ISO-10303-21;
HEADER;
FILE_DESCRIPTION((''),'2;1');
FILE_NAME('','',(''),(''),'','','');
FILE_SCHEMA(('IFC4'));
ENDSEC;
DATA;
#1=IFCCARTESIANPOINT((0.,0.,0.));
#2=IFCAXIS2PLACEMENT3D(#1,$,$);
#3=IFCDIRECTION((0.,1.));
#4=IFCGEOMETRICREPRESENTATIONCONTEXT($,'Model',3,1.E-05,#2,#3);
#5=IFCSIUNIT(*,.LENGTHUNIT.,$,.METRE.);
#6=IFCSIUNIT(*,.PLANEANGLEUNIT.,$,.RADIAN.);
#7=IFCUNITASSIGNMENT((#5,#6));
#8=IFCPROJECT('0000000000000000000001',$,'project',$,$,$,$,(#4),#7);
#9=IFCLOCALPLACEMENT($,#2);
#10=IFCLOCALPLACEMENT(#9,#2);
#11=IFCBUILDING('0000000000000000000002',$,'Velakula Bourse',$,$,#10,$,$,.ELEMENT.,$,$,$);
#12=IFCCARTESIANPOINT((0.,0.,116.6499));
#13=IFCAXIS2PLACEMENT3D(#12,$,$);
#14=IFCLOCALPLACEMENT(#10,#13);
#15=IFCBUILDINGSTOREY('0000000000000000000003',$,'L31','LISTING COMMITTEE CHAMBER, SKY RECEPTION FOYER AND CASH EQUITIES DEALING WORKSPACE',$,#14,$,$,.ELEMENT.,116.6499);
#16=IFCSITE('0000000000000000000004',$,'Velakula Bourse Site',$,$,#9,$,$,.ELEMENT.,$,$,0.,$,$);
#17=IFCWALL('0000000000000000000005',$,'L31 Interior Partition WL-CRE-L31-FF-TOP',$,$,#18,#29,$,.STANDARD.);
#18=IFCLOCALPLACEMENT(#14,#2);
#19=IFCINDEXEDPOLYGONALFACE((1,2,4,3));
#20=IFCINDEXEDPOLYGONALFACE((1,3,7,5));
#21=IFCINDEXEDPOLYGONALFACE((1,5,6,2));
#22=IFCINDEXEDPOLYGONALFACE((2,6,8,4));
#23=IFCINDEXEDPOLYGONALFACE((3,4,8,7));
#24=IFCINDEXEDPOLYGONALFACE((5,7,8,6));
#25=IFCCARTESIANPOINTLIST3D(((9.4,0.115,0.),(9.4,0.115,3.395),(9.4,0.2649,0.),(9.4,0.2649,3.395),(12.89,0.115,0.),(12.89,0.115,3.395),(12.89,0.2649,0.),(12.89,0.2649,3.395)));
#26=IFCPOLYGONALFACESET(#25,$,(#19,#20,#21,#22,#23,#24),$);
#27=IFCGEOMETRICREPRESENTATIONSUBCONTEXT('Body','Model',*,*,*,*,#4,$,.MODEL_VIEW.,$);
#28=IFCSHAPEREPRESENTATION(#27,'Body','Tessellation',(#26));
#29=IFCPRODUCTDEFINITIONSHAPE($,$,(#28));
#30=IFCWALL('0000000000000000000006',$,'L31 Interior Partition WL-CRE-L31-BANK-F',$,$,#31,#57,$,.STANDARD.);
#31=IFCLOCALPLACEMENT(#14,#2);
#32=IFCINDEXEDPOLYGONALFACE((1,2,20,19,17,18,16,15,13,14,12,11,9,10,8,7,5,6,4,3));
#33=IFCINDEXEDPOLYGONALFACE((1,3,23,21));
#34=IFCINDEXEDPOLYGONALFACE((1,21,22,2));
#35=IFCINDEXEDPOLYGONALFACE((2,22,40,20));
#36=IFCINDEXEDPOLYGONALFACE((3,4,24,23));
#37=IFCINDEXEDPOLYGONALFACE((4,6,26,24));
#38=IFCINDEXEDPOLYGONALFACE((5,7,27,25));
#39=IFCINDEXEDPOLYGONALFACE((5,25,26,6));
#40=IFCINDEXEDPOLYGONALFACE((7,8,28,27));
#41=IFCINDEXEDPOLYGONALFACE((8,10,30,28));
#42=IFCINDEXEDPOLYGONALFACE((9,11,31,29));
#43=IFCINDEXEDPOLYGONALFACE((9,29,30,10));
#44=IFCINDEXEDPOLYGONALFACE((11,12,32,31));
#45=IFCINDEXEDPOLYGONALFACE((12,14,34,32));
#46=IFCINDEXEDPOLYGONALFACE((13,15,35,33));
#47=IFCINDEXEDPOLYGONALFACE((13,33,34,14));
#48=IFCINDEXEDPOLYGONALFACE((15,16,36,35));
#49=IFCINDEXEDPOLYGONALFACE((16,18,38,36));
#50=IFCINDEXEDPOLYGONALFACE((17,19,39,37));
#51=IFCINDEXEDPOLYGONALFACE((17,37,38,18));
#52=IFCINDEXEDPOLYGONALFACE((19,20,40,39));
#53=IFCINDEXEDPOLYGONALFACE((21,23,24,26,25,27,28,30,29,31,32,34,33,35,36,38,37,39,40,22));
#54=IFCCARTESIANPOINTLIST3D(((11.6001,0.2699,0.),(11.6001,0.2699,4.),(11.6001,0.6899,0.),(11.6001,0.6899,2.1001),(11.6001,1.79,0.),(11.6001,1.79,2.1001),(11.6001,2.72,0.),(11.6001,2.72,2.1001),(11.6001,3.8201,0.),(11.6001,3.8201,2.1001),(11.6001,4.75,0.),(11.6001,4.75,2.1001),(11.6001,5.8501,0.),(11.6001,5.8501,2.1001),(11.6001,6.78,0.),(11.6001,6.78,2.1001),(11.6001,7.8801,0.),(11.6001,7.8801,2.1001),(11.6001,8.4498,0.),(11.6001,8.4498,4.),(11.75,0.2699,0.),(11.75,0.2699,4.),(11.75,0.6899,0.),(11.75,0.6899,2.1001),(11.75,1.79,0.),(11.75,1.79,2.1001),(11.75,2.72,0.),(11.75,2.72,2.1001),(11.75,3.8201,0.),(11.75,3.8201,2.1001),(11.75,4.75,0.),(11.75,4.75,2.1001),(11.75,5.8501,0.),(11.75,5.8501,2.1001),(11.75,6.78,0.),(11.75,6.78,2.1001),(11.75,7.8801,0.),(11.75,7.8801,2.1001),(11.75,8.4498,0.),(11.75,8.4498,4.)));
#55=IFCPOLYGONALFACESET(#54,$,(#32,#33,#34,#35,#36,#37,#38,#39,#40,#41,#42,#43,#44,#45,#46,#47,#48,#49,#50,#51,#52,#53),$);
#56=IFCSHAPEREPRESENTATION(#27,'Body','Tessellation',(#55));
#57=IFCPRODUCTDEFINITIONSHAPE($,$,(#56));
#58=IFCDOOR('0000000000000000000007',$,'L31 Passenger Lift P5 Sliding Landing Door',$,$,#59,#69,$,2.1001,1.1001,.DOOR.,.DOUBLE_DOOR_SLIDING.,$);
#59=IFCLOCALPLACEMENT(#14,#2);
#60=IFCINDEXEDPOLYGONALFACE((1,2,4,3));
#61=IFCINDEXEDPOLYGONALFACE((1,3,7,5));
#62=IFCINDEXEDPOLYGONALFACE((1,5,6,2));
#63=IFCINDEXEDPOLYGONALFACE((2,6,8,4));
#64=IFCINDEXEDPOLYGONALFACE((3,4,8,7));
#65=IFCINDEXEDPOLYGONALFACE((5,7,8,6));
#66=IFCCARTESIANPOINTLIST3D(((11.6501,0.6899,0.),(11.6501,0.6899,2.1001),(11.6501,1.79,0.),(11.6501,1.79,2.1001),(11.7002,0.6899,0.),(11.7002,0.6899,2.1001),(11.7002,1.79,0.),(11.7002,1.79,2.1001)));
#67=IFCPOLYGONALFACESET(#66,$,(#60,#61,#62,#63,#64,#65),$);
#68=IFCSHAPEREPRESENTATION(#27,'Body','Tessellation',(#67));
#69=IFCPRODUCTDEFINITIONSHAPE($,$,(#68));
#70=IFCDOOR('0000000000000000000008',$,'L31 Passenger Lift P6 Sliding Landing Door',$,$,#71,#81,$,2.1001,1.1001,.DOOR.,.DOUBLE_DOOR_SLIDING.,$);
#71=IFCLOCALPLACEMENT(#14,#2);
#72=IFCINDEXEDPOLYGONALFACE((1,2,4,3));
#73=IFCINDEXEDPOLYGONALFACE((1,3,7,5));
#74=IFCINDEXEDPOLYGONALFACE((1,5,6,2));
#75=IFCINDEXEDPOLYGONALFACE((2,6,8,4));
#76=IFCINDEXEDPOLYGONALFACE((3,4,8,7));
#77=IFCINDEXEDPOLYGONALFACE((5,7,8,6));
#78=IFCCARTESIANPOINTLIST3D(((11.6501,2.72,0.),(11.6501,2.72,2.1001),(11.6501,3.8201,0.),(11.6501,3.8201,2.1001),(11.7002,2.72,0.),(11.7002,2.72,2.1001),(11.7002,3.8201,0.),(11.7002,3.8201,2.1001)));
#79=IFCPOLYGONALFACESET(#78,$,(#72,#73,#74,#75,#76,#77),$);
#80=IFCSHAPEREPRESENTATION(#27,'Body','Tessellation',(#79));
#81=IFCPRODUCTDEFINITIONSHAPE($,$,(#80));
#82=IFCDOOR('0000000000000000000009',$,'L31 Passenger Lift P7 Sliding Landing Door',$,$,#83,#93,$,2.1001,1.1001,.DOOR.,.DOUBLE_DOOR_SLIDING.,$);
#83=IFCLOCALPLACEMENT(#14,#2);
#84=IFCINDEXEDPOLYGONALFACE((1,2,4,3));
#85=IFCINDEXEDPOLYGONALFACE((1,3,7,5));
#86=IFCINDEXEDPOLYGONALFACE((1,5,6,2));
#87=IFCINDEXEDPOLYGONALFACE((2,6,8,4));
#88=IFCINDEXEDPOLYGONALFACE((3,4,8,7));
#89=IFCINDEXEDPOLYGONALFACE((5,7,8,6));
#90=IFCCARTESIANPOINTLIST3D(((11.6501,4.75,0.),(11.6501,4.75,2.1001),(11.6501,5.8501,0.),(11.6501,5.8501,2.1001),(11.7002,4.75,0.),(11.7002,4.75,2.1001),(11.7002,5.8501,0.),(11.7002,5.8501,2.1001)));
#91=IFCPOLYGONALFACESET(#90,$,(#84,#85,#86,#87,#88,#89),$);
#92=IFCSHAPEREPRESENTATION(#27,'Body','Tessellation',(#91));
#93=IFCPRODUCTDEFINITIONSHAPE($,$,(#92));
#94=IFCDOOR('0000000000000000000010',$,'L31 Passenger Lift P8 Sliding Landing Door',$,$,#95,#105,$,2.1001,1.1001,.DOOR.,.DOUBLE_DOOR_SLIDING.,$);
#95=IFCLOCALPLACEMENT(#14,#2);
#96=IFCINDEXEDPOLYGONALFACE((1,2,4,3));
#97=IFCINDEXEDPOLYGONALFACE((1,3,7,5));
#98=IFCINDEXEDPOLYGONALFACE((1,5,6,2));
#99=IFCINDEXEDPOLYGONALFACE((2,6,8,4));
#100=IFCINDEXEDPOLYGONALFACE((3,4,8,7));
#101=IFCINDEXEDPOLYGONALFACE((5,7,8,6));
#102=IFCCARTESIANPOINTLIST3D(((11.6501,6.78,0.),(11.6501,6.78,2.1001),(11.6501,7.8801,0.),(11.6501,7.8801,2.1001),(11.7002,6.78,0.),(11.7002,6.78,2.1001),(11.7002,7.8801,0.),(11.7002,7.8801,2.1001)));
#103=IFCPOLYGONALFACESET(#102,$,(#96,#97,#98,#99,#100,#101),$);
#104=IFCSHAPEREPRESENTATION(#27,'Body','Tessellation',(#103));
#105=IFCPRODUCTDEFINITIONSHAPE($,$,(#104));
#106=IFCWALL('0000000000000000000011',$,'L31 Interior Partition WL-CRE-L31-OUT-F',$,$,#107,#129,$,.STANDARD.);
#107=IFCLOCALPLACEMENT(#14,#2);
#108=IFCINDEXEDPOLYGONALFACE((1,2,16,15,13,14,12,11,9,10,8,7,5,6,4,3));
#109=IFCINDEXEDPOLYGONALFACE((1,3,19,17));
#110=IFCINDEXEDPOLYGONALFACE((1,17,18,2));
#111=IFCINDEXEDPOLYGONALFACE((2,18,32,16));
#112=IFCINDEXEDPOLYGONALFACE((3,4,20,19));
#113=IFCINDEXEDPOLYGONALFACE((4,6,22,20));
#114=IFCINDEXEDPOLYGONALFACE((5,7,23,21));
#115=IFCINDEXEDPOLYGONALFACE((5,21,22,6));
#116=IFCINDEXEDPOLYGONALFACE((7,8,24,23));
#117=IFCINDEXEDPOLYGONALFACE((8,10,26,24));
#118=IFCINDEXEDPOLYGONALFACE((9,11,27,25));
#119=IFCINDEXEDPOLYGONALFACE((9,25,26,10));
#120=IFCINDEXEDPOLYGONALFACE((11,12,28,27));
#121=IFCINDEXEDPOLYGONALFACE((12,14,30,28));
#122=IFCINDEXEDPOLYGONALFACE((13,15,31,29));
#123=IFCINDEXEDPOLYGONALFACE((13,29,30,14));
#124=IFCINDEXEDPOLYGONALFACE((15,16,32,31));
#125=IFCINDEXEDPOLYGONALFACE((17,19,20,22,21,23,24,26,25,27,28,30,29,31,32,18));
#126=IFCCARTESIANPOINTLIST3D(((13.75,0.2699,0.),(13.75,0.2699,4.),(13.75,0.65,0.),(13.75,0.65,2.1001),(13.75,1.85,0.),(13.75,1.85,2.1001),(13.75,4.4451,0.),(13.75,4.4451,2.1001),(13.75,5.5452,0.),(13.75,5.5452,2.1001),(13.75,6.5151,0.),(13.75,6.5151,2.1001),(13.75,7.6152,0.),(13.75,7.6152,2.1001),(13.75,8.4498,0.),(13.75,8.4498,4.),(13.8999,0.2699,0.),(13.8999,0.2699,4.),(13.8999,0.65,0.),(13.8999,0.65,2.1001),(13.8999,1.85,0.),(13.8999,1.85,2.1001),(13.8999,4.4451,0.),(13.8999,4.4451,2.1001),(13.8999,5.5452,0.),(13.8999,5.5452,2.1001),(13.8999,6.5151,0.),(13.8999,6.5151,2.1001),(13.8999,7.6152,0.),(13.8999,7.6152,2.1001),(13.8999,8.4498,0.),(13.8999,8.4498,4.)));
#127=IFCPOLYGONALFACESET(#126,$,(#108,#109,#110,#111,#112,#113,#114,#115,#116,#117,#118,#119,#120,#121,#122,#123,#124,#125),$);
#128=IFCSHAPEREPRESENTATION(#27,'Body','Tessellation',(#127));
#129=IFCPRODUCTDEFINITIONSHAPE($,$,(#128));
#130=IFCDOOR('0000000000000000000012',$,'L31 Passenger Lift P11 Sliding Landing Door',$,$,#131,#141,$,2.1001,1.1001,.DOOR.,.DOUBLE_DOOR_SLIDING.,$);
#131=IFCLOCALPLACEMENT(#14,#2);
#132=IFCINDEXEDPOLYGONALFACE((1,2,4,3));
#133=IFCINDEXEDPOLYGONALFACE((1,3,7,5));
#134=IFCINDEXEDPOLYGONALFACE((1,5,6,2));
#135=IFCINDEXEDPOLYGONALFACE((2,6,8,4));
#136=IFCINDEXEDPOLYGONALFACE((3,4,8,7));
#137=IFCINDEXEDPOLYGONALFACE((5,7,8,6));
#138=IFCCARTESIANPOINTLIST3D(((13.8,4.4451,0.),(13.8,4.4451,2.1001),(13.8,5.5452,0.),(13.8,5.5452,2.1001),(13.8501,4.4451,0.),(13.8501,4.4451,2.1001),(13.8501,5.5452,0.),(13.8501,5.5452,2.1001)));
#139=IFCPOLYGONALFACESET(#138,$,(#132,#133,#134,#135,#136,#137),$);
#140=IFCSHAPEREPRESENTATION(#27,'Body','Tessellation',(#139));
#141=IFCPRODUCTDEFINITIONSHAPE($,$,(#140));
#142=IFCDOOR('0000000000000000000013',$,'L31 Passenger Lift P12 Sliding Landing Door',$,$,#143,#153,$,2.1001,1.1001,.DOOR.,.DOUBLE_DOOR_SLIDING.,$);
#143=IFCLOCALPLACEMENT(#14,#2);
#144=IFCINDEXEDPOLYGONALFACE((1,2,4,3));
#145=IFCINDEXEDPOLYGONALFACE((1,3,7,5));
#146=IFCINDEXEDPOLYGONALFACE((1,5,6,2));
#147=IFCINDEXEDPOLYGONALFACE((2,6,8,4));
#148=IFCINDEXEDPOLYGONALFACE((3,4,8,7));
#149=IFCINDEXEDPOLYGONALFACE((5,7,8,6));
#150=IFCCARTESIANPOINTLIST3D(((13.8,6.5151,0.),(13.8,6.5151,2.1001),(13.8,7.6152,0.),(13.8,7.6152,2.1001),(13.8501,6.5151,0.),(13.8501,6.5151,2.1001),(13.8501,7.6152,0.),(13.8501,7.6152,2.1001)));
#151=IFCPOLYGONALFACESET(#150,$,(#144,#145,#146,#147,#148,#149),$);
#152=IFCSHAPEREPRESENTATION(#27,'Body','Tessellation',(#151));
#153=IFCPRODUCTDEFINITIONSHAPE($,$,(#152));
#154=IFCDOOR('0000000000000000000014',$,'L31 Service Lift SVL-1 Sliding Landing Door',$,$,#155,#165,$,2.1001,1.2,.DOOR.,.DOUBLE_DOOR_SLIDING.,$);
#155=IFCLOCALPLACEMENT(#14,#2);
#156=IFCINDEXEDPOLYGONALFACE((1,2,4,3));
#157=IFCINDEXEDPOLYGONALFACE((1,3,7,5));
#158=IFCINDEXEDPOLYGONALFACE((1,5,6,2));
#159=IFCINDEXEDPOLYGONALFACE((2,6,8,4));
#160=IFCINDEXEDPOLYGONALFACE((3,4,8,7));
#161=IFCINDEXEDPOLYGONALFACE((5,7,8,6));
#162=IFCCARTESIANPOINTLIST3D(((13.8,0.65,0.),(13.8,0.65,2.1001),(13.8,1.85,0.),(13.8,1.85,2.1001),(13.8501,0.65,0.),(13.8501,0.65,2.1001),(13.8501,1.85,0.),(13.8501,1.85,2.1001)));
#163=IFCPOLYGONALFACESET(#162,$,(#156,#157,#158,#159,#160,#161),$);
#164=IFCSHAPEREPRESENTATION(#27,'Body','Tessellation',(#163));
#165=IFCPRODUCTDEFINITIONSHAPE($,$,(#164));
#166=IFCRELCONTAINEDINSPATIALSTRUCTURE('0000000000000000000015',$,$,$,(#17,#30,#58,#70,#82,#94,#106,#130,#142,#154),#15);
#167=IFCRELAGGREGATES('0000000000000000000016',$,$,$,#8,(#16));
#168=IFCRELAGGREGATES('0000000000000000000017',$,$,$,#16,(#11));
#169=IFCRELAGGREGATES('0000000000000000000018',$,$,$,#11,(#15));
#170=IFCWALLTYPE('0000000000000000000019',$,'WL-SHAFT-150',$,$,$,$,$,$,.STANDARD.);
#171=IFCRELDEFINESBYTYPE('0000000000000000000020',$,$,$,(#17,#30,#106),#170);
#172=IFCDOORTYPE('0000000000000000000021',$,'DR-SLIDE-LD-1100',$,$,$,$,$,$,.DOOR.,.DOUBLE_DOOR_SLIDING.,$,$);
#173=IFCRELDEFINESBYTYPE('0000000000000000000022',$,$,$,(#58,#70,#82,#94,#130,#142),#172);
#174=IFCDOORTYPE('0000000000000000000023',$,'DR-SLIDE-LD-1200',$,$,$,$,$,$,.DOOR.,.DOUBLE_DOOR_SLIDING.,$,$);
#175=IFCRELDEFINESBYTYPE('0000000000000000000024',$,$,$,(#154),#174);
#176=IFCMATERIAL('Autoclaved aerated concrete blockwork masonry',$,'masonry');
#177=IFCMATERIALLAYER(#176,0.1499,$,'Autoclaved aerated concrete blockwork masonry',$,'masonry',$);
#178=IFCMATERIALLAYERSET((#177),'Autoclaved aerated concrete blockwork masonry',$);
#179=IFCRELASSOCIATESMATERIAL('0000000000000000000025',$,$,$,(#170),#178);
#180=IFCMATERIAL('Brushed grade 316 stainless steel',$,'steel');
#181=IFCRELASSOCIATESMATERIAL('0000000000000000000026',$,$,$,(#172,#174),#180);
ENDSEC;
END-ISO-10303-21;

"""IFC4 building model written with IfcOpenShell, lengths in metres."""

from ifc_helpers import new_model, si_unit, direction, frame, frame_2d, origin, place, context, subcontext, project, spatial, rectangle, extrude, material, layer, layer_set, type_object, element, fill, save


model = new_model("IFC4")

# Units and contexts
model_context = context("Model", 3, precision=1e-05, world=origin(), true_north=direction((0.0, 1.0)))
body_context = subcontext(model_context, "Body", "Model", "MODEL_VIEW")
ifc_project = project(units=[si_unit("LENGTHUNIT", "METRE"), si_unit("PLANEANGLEUNIT", "RADIAN")], contexts=[model_context])

# Site, building, storey
site_placement = place(None, origin())
site = spatial("IfcSite", under=ifc_project, at=site_placement, Name="Velakula Bourse Site", CompositionType="ELEMENT", RefElevation=0.0)
building_placement = place(site_placement, origin())
building = spatial("IfcBuilding", under=site, at=building_placement, Name="Velakula Bourse", CompositionType="ELEMENT")
storey_placement = place(building_placement, frame((0.0, 0.0, 116.6499)))
storey = spatial("IfcBuildingStorey", under=building, at=storey_placement, Name="L31", Description="LISTING COMMITTEE CHAMBER, SKY RECEPTION FOYER AND CASH EQUITIES DEALING WORKSPACE", CompositionType="ELEMENT", Elevation=116.6499)

# Wall
ifc_material_1 = material(Name="Autoclaved aerated concrete blockwork masonry", Category="masonry")
ifc_layer_1 = layer(ifc_material_1, 0.1499, Name="Autoclaved aerated concrete blockwork masonry", Category="masonry")
ifc_layer_set_1 = layer_set([ifc_layer_1], Name="Autoclaved aerated concrete blockwork masonry")
wall_type_1 = type_object("IfcWallType", Name="WL-SHAFT-150", PredefinedType="STANDARD", material=ifc_layer_set_1)
wall_1_placement = place(storey_placement, frame((9.3999, 0.1899, 0.0), z_axis=(0.0, 0.0, 1.0), x_axis=(1.0, 0.0, 0.0)))
element("IfcWall", 1, at=wall_1_placement, inside=storey, type_object=wall_type_1, Name="L31 Interior Partition WL-CRE-L31-FF-TOP", PredefinedType="STANDARD", context=body_context, shape_type="SweptSolid", body=[
    extrude(rectangle(XDim=3.49, YDim=0.1499, at=frame_2d((1.7451, 0.0))), origin(), (0.0, 0.0, 1.0), 3.395),
])

# Walls, openings, doors
wall_2_placement = place(storey_placement, frame((11.675, 0.27, 0.0), z_axis=(0.0, 0.0, 1.0), x_axis=(0.0, 1.0, 0.0)))
wall_2 = element("IfcWall", 2, at=wall_2_placement, inside=storey, type_object=wall_type_1, Name="L31 Interior Partition WL-CRE-L31-BANK-F", PredefinedType="STANDARD", context=body_context, shape_type="SweptSolid", body=[
    extrude(rectangle(XDim=8.1799, YDim=0.1499, at=frame_2d((4.0898, 0.0))), origin(), (0.0, 0.0, 1.0), 4.0),
])
opening_1_placement = place(wall_2_placement, frame((0.4199, 0.0, 0.0)))
opening_1 = element("IfcOpeningElement", 3, at=opening_1_placement, cuts=wall_2, PredefinedType="OPENING", context=body_context, shape_type="SweptSolid", body=[
    extrude(rectangle(XDim=1.1001, YDim=2.1001, at=frame_2d((0.55, 1.05))), frame((0.0, 0.085, 0.0), z_axis=(0.0, -1.0, 0.0), x_axis=(1.0, 0.0, 0.0)), (0.0, 0.0, 1.0), 0.1699),
])
opening_2_placement = place(wall_2_placement, frame((2.45, 0.0, 0.0)))
opening_2 = element("IfcOpeningElement", 4, at=opening_2_placement, cuts=wall_2, PredefinedType="OPENING", context=body_context, shape_type="SweptSolid", body=[
    extrude(rectangle(XDim=1.1001, YDim=2.1001, at=frame_2d((0.55, 1.05))), frame((0.0, 0.085, 0.0), z_axis=(0.0, -1.0, 0.0), x_axis=(1.0, 0.0, 0.0)), (0.0, 0.0, 1.0), 0.1699),
])
opening_3_placement = place(wall_2_placement, frame((4.48, 0.0, 0.0)))
opening_3 = element("IfcOpeningElement", 5, at=opening_3_placement, cuts=wall_2, PredefinedType="OPENING", context=body_context, shape_type="SweptSolid", body=[
    extrude(rectangle(XDim=1.1001, YDim=2.1001, at=frame_2d((0.55, 1.05))), frame((0.0, 0.085, 0.0), z_axis=(0.0, -1.0, 0.0), x_axis=(1.0, 0.0, 0.0)), (0.0, 0.0, 1.0), 0.1699),
])
opening_4_placement = place(wall_2_placement, frame((6.51, 0.0, 0.0)))
opening_4 = element("IfcOpeningElement", 6, at=opening_4_placement, cuts=wall_2, PredefinedType="OPENING", context=body_context, shape_type="SweptSolid", body=[
    extrude(rectangle(XDim=1.1001, YDim=2.1001, at=frame_2d((0.55, 1.05))), frame((0.0, 0.085, 0.0), z_axis=(0.0, -1.0, 0.0), x_axis=(1.0, 0.0, 0.0)), (0.0, 0.0, 1.0), 0.1699),
])
ifc_material_2 = material(Name="Brushed grade 316 stainless steel", Category="steel")
door_type_1 = type_object("IfcDoorType", Name="DR-SLIDE-LD-1100", OperationType="DOUBLE_DOOR_SLIDING", PredefinedType="DOOR", material=ifc_material_2)
door_1_placement = place(opening_1_placement, origin())
door_1 = element("IfcDoor", 7, at=door_1_placement, inside=storey, type_object=door_type_1, Name="L31 Passenger Lift P5 Sliding Landing Door", OperationType="DOUBLE_DOOR_SLIDING", OverallHeight=2.1001, OverallWidth=1.1001, PredefinedType="DOOR", context=body_context, shape_type="SweptSolid", body=[
    extrude(rectangle(XDim=1.1001, YDim=2.1001, at=frame_2d((0.55, 1.05))), frame((0.0, 0.0249, 0.0), z_axis=(0.0, -1.0, 0.0), x_axis=(1.0, 0.0, 0.0)), (0.0, 0.0, 1.0), 0.05),
])
fill(opening_1, door_1)
door_2_placement = place(opening_2_placement, origin())
door_2 = element("IfcDoor", 8, at=door_2_placement, inside=storey, type_object=door_type_1, Name="L31 Passenger Lift P6 Sliding Landing Door", OperationType="DOUBLE_DOOR_SLIDING", OverallHeight=2.1001, OverallWidth=1.1001, PredefinedType="DOOR", context=body_context, shape_type="SweptSolid", body=[
    extrude(rectangle(XDim=1.1001, YDim=2.1001, at=frame_2d((0.55, 1.05))), frame((0.0, 0.0249, 0.0), z_axis=(0.0, -1.0, 0.0), x_axis=(1.0, 0.0, 0.0)), (0.0, 0.0, 1.0), 0.05),
])
fill(opening_2, door_2)
door_3_placement = place(opening_3_placement, origin())
door_3 = element("IfcDoor", 9, at=door_3_placement, inside=storey, type_object=door_type_1, Name="L31 Passenger Lift P7 Sliding Landing Door", OperationType="DOUBLE_DOOR_SLIDING", OverallHeight=2.1001, OverallWidth=1.1001, PredefinedType="DOOR", context=body_context, shape_type="SweptSolid", body=[
    extrude(rectangle(XDim=1.1001, YDim=2.1001, at=frame_2d((0.55, 1.05))), frame((0.0, 0.0249, 0.0), z_axis=(0.0, -1.0, 0.0), x_axis=(1.0, 0.0, 0.0)), (0.0, 0.0, 1.0), 0.05),
])
fill(opening_3, door_3)
door_4_placement = place(opening_4_placement, origin())
door_4 = element("IfcDoor", 10, at=door_4_placement, inside=storey, type_object=door_type_1, Name="L31 Passenger Lift P8 Sliding Landing Door", OperationType="DOUBLE_DOOR_SLIDING", OverallHeight=2.1001, OverallWidth=1.1001, PredefinedType="DOOR", context=body_context, shape_type="SweptSolid", body=[
    extrude(rectangle(XDim=1.1001, YDim=2.1001, at=frame_2d((0.55, 1.05))), frame((0.0, 0.0249, 0.0), z_axis=(0.0, -1.0, 0.0), x_axis=(1.0, 0.0, 0.0)), (0.0, 0.0, 1.0), 0.05),
])
fill(opening_4, door_4)
wall_3_placement = place(storey_placement, frame((13.825, 0.27, 0.0), z_axis=(0.0, 0.0, 1.0), x_axis=(0.0, 1.0, 0.0)))
wall_3 = element("IfcWall", 11, at=wall_3_placement, inside=storey, type_object=wall_type_1, Name="L31 Interior Partition WL-CRE-L31-OUT-F", PredefinedType="STANDARD", context=body_context, shape_type="SweptSolid", body=[
    extrude(rectangle(XDim=8.1799, YDim=0.1499, at=frame_2d((4.0898, 0.0))), origin(), (0.0, 0.0, 1.0), 4.0),
])
opening_5_placement = place(wall_3_placement, frame((4.175, 0.0, 0.0)))
opening_5 = element("IfcOpeningElement", 12, at=opening_5_placement, cuts=wall_3, PredefinedType="OPENING", context=body_context, shape_type="SweptSolid", body=[
    extrude(rectangle(XDim=1.1001, YDim=2.1001, at=frame_2d((0.55, 1.05))), frame((0.0, 0.085, 0.0), z_axis=(0.0, -1.0, 0.0), x_axis=(1.0, 0.0, 0.0)), (0.0, 0.0, 1.0), 0.1699),
])
opening_6_placement = place(wall_3_placement, frame((6.2451, 0.0, 0.0)))
opening_6 = element("IfcOpeningElement", 13, at=opening_6_placement, cuts=wall_3, PredefinedType="OPENING", context=body_context, shape_type="SweptSolid", body=[
    extrude(rectangle(XDim=1.1001, YDim=2.1001, at=frame_2d((0.55, 1.05))), frame((0.0, 0.085, 0.0), z_axis=(0.0, -1.0, 0.0), x_axis=(1.0, 0.0, 0.0)), (0.0, 0.0, 1.0), 0.1699),
])
opening_7_placement = place(wall_3_placement, frame((0.3799, 0.0, 0.0)))
opening_7 = element("IfcOpeningElement", 14, at=opening_7_placement, cuts=wall_3, PredefinedType="OPENING", context=body_context, shape_type="SweptSolid", body=[
    extrude(rectangle(XDim=1.2, YDim=2.1001, at=frame_2d((0.6001, 1.05))), frame((0.0, 0.085, 0.0), z_axis=(0.0, -1.0, 0.0), x_axis=(1.0, 0.0, 0.0)), (0.0, 0.0, 1.0), 0.1699),
])
door_5_placement = place(opening_5_placement, origin())
door_5 = element("IfcDoor", 15, at=door_5_placement, inside=storey, type_object=door_type_1, Name="L31 Passenger Lift P11 Sliding Landing Door", OperationType="DOUBLE_DOOR_SLIDING", OverallHeight=2.1001, OverallWidth=1.1001, PredefinedType="DOOR", context=body_context, shape_type="SweptSolid", body=[
    extrude(rectangle(XDim=1.1001, YDim=2.1001, at=frame_2d((0.55, 1.05))), frame((0.0, 0.0249, 0.0), z_axis=(0.0, -1.0, 0.0), x_axis=(1.0, 0.0, 0.0)), (0.0, 0.0, 1.0), 0.05),
])
fill(opening_5, door_5)
door_6_placement = place(opening_6_placement, origin())
door_6 = element("IfcDoor", 16, at=door_6_placement, inside=storey, type_object=door_type_1, Name="L31 Passenger Lift P12 Sliding Landing Door", OperationType="DOUBLE_DOOR_SLIDING", OverallHeight=2.1001, OverallWidth=1.1001, PredefinedType="DOOR", context=body_context, shape_type="SweptSolid", body=[
    extrude(rectangle(XDim=1.1001, YDim=2.1001, at=frame_2d((0.55, 1.05))), frame((0.0, 0.0249, 0.0), z_axis=(0.0, -1.0, 0.0), x_axis=(1.0, 0.0, 0.0)), (0.0, 0.0, 1.0), 0.05),
])
fill(opening_6, door_6)
door_type_2 = type_object("IfcDoorType", Name="DR-SLIDE-LD-1200", OperationType="DOUBLE_DOOR_SLIDING", PredefinedType="DOOR", material=ifc_material_2)
door_7_placement = place(opening_7_placement, origin())
door_7 = element("IfcDoor", 17, at=door_7_placement, inside=storey, type_object=door_type_2, Name="L31 Service Lift SVL-1 Sliding Landing Door", OperationType="DOUBLE_DOOR_SLIDING", OverallHeight=2.1001, OverallWidth=1.2, PredefinedType="DOOR", context=body_context, shape_type="SweptSolid", body=[
    extrude(rectangle(XDim=1.2, YDim=2.1001, at=frame_2d((0.6001, 1.05))), frame((0.0, 0.0249, 0.0), z_axis=(0.0, -1.0, 0.0), x_axis=(1.0, 0.0, 0.0)), (0.0, 0.0, 1.0), 0.05),
])
fill(opening_7, door_7)

save(model, "model.ifc")
